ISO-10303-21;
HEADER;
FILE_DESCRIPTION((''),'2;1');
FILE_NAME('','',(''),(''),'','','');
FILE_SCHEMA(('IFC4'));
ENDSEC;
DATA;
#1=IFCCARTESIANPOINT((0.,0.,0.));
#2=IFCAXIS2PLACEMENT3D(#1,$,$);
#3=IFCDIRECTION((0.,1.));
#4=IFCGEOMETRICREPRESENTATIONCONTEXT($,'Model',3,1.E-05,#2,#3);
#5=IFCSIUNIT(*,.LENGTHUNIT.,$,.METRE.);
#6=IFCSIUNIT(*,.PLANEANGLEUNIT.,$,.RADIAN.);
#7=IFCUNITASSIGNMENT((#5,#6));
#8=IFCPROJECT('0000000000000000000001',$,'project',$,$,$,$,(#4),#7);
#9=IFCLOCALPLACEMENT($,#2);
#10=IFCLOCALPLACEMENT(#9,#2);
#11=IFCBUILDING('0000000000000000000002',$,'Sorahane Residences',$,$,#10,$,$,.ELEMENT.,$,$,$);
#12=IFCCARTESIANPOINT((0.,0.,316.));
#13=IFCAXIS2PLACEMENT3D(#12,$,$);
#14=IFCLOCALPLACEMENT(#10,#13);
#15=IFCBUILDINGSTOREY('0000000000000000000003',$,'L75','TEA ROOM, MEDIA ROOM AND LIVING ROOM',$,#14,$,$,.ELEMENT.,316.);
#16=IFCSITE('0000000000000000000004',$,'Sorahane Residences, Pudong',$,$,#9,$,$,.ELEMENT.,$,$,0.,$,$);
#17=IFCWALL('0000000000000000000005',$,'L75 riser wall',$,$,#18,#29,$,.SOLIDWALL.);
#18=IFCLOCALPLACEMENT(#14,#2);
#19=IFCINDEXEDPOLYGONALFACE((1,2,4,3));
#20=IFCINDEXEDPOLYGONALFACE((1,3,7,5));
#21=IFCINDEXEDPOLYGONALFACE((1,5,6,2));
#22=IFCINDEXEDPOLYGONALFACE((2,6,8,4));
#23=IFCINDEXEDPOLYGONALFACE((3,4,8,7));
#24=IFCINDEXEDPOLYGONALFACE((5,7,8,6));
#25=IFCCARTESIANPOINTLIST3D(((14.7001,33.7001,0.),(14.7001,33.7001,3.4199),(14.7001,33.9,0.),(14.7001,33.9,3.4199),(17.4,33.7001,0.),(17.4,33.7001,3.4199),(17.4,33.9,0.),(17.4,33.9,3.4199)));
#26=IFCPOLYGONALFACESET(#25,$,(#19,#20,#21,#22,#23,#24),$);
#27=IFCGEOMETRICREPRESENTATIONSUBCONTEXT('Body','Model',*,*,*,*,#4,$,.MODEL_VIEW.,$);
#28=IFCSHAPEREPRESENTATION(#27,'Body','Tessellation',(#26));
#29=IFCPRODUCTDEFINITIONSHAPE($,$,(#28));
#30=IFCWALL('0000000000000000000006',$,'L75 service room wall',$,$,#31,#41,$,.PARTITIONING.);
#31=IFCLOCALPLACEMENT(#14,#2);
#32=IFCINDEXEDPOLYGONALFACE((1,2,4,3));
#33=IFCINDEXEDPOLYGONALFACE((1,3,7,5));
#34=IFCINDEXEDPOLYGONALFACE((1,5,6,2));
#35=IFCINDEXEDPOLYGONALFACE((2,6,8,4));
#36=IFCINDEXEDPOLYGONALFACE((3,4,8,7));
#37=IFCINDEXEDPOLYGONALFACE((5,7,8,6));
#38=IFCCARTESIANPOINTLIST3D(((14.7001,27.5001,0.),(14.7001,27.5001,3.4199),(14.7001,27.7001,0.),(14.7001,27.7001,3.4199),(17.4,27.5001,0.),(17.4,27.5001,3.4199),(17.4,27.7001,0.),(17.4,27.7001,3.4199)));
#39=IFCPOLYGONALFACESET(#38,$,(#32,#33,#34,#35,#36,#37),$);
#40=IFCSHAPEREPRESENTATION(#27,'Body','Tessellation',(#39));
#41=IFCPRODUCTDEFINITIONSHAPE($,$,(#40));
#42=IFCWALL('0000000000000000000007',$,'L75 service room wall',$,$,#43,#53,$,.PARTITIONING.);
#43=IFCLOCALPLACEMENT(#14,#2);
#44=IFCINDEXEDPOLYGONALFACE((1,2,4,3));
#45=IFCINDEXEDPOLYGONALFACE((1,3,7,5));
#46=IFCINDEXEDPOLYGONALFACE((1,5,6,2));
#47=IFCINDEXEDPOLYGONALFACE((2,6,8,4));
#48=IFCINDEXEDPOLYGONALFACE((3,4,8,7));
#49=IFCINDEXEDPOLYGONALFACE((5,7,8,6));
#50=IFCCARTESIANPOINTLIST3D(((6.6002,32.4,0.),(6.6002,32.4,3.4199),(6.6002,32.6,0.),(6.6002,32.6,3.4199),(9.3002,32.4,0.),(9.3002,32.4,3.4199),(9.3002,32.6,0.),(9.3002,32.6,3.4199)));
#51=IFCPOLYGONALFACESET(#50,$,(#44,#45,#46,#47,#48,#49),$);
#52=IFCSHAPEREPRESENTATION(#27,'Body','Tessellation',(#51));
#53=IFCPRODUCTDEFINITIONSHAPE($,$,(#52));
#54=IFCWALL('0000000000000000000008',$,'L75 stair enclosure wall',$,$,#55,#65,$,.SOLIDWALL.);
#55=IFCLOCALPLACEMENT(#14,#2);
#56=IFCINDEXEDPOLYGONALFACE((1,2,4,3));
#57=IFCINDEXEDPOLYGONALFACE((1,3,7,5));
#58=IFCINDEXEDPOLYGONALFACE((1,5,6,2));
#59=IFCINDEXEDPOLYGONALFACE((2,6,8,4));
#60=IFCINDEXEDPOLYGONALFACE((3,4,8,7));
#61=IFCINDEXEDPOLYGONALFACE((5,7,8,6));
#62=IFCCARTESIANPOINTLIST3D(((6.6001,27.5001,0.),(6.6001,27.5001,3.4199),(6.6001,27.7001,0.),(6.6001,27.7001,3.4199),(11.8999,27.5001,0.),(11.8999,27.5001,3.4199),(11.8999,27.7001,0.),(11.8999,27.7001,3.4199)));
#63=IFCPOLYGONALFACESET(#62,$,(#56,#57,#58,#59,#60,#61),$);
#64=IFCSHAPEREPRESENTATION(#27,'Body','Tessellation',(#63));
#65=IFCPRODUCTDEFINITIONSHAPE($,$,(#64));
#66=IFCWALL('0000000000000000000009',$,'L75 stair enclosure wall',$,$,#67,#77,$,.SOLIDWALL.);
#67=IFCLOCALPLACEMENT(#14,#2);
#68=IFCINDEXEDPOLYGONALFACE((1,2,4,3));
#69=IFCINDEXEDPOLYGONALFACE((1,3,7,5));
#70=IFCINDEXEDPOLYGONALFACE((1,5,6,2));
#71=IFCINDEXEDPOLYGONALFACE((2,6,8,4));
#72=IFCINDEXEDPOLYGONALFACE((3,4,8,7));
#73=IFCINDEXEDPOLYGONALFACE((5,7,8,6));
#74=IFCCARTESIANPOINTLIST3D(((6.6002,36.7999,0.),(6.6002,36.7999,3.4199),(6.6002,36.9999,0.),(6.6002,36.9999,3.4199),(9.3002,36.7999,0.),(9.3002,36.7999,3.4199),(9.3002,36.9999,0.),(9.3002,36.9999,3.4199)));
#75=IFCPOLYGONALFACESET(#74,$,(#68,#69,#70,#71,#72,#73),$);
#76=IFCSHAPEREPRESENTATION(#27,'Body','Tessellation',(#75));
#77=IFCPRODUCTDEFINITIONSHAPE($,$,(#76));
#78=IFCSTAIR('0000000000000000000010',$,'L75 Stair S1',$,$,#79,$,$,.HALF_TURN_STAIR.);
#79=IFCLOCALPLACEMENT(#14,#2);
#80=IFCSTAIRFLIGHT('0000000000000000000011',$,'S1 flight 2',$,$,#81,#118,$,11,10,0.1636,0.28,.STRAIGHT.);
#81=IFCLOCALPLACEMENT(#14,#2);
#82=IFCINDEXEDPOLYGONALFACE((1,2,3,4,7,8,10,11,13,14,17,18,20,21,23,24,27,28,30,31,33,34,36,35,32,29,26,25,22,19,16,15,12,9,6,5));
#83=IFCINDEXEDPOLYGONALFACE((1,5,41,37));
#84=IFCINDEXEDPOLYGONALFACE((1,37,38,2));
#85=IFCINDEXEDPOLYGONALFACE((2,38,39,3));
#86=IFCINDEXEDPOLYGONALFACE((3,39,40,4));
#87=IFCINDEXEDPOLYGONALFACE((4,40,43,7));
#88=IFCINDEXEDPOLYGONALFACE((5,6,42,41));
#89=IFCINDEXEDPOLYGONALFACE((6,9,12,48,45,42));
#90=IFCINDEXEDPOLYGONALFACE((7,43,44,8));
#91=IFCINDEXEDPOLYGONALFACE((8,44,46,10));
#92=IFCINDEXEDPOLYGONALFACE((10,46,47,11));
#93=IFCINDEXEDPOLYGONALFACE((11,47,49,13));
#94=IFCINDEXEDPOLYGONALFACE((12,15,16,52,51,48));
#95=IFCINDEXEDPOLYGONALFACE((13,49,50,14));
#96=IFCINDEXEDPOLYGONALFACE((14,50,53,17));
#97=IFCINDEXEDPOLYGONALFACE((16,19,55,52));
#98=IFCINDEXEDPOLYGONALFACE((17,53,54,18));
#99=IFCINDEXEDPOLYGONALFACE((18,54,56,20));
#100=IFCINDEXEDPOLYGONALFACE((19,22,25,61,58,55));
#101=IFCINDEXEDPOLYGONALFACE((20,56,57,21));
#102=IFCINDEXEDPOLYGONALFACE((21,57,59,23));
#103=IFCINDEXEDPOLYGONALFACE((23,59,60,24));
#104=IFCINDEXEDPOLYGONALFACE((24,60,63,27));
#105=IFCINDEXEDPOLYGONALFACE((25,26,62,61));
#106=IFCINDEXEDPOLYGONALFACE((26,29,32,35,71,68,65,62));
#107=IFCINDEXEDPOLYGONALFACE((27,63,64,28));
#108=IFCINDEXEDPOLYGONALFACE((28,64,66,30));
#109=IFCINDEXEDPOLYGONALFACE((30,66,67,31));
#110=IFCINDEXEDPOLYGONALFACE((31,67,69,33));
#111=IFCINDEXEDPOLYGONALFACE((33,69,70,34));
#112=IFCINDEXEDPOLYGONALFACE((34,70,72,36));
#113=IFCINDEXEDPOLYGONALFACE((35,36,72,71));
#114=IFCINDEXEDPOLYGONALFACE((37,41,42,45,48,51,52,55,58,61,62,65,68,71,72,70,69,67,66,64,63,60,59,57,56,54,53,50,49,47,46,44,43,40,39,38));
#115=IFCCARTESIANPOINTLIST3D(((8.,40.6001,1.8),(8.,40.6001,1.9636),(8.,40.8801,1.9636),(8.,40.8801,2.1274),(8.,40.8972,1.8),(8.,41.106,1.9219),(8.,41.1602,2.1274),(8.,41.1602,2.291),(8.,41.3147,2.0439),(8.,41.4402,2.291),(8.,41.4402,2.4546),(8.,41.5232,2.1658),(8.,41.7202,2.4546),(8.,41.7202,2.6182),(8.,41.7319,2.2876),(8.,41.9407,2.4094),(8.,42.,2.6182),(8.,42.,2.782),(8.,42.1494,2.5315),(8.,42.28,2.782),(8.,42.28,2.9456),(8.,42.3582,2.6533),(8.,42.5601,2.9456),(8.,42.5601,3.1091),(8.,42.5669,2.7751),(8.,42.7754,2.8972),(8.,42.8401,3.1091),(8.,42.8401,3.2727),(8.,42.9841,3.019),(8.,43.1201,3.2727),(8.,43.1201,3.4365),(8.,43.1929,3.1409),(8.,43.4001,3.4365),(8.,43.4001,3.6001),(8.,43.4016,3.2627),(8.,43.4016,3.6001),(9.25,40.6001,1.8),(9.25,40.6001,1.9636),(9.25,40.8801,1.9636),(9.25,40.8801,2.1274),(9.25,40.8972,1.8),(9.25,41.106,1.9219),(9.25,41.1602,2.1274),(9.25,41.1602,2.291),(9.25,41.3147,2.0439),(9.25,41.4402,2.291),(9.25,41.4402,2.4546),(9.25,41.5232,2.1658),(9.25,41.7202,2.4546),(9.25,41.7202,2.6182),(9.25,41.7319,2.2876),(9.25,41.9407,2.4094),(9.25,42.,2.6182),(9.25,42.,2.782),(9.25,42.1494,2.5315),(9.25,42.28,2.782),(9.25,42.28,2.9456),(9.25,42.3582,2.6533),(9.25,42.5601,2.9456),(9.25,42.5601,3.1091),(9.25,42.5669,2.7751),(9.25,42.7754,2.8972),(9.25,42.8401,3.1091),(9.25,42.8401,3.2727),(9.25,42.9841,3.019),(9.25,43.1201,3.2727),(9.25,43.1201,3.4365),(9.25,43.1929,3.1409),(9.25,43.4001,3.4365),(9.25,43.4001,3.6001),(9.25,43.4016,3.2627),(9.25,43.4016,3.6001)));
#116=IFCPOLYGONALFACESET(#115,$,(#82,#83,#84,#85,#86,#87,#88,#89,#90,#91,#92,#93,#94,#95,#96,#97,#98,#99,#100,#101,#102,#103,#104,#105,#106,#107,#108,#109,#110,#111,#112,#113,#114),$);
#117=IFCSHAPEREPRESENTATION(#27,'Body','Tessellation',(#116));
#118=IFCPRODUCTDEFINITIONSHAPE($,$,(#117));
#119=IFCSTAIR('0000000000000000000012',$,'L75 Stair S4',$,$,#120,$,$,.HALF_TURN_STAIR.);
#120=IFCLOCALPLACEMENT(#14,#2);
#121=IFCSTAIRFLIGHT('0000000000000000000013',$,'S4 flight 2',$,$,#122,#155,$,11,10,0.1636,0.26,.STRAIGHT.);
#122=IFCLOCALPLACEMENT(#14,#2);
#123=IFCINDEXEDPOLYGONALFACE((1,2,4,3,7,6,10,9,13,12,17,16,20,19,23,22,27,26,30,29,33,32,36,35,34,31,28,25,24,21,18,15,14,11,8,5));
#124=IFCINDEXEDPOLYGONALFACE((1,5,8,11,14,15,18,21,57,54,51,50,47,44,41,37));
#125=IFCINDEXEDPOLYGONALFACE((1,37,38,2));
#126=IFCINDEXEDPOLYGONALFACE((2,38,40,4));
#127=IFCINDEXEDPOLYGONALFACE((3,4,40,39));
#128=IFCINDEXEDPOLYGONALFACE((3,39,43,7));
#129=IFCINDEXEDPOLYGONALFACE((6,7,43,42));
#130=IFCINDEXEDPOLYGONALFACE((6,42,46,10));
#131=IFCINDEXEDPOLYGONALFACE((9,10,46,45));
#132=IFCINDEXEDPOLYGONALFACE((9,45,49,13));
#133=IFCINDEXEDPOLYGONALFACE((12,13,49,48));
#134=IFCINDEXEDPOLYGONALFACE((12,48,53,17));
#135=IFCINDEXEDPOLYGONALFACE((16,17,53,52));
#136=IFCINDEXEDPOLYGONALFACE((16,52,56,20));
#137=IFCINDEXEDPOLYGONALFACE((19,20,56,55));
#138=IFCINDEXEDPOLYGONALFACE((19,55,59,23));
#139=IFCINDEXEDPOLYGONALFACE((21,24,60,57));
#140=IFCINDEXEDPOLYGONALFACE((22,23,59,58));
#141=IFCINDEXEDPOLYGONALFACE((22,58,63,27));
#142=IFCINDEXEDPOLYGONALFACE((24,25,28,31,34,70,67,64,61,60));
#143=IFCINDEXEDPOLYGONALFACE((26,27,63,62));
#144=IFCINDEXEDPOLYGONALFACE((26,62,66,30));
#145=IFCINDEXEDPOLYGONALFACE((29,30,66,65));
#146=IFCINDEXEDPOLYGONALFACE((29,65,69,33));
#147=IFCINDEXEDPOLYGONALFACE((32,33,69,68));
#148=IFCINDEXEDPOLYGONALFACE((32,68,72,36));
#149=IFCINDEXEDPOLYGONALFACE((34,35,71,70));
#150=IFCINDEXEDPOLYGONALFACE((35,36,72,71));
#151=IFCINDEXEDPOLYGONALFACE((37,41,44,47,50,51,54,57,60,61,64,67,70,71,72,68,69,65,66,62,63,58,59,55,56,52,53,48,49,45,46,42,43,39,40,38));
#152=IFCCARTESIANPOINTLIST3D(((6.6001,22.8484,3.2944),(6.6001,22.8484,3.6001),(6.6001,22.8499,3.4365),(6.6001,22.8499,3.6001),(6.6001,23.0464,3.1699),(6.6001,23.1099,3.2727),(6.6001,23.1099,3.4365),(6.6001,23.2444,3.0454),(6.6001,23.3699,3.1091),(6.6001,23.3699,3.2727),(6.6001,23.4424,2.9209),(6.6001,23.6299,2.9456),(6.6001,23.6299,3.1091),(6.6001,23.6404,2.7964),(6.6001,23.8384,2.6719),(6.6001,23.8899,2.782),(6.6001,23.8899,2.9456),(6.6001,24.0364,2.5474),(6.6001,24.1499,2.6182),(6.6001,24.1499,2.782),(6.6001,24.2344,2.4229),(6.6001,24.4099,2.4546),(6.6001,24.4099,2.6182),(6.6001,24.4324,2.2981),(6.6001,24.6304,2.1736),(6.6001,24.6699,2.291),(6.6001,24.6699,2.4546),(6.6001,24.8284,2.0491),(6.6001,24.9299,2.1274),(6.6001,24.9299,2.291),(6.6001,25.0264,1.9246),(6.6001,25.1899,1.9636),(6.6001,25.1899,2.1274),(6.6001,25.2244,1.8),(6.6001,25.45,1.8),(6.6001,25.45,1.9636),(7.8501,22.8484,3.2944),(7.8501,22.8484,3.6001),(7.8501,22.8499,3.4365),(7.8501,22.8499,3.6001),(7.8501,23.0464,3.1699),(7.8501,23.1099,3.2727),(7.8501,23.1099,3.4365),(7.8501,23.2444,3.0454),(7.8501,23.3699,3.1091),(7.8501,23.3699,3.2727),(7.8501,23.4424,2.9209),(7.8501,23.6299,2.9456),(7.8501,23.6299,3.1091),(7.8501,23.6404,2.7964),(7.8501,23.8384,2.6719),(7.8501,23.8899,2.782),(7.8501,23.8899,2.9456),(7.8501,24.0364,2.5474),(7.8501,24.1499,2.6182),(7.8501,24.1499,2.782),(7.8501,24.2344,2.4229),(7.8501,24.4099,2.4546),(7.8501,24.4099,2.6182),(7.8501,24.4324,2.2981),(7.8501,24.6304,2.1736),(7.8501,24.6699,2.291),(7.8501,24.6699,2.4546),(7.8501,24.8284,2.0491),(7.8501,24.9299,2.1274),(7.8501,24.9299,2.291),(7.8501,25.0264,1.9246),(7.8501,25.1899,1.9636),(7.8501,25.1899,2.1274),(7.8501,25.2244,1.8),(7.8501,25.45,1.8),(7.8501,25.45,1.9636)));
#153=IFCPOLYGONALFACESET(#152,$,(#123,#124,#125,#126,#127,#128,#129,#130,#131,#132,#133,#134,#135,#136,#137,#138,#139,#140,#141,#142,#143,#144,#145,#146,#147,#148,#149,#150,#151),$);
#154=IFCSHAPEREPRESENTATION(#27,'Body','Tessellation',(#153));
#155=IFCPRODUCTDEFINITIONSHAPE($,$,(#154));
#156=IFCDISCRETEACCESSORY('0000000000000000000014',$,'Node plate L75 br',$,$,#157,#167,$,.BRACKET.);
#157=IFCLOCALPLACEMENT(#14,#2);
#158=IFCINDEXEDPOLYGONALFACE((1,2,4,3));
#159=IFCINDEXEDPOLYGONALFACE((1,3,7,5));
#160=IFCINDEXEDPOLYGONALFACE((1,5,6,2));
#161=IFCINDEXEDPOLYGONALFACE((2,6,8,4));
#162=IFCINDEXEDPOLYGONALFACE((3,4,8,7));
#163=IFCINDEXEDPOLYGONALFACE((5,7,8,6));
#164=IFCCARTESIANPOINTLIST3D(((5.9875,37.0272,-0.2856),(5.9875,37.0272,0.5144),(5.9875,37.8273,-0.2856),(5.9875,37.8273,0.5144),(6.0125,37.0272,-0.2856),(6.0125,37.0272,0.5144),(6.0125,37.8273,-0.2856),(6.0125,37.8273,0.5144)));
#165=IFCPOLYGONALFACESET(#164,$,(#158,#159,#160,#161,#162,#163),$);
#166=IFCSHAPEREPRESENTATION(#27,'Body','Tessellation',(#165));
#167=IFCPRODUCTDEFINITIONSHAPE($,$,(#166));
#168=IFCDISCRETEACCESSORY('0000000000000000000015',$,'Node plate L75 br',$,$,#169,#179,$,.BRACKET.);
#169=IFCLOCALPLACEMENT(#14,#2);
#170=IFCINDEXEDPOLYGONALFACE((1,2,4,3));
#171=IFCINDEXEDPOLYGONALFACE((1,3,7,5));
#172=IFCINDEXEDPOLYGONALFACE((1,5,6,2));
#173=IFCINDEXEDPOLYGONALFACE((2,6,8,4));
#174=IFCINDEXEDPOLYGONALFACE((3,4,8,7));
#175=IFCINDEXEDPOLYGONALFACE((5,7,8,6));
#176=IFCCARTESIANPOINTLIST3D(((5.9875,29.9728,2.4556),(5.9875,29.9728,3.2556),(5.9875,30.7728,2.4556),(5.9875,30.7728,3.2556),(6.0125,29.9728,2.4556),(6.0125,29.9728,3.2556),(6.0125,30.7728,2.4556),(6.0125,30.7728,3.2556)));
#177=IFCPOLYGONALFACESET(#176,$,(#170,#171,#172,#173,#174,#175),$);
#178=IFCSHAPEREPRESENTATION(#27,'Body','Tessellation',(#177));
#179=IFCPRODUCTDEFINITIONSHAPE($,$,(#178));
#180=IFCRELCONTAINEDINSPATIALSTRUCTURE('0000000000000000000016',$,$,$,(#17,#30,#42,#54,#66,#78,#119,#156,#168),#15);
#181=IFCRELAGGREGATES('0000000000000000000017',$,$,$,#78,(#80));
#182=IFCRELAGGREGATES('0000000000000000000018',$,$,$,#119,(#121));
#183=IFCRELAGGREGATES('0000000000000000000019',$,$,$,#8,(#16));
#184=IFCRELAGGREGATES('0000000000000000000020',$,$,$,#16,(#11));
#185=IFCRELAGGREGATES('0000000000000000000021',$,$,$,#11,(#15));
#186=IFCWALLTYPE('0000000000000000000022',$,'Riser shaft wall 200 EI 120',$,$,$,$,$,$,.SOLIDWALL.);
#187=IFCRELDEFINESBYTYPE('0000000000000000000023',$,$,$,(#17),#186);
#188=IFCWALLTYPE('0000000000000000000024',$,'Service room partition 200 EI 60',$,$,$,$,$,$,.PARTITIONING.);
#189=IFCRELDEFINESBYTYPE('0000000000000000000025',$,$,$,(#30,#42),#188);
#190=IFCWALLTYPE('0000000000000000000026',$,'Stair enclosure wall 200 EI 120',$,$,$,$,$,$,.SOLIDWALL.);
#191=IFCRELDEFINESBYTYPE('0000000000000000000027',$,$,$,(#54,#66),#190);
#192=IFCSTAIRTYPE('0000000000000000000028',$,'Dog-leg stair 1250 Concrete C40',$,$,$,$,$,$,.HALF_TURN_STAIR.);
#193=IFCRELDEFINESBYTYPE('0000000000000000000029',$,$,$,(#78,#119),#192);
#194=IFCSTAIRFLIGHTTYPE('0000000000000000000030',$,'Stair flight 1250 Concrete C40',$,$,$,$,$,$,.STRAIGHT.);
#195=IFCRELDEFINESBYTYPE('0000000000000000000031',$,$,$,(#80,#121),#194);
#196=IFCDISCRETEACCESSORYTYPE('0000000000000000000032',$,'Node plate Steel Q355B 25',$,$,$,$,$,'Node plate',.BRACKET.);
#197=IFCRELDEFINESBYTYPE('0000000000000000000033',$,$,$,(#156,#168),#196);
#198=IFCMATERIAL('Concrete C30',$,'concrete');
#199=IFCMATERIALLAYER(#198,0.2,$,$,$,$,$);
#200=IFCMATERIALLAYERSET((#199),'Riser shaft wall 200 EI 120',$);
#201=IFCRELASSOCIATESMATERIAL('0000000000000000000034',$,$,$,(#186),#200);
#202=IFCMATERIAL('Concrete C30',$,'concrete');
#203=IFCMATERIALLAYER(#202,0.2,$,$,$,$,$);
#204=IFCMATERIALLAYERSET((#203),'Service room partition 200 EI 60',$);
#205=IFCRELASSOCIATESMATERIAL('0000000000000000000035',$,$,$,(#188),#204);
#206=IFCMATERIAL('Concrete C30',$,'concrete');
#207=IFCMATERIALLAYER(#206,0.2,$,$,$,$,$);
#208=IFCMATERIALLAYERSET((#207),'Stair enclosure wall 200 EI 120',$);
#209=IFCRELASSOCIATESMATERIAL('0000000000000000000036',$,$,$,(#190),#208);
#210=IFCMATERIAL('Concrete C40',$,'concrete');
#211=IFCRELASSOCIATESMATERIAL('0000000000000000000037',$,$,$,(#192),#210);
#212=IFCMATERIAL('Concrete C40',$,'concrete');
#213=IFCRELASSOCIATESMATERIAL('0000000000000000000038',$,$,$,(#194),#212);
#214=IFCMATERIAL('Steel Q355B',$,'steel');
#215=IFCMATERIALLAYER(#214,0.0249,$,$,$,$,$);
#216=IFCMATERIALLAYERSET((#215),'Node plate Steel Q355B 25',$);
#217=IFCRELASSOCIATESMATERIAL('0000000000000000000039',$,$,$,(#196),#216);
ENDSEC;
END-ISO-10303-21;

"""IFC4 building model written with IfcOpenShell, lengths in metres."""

from ifc_helpers import new_model, si_unit, direction, frame, frame_2d, origin, origin_2d, place, context, subcontext, project, spatial, polyline, rectangle, outline, extrude, material, layer, layer_set, type_object, element, aggregate, save


model = new_model("IFC4")

# Units and contexts
model_context = context("Model", 3, precision=1e-05, world=origin(), true_north=direction((0.0, 1.0)))
body_context = subcontext(model_context, "Body", "Model", "MODEL_VIEW")
ifc_project = project(units=[si_unit("LENGTHUNIT", "METRE"), si_unit("PLANEANGLEUNIT", "RADIAN")], contexts=[model_context])

# Site, building, storey
site_placement = place(None, origin())
site = spatial("IfcSite", under=ifc_project, at=site_placement, Name="Sorahane Residences, Pudong", CompositionType="ELEMENT", RefElevation=0.0)
building_placement = place(site_placement, origin())
building = spatial("IfcBuilding", under=site, at=building_placement, Name="Sorahane Residences", CompositionType="ELEMENT")
storey_placement = place(building_placement, frame((0.0, 0.0, 316.0)))
storey = spatial("IfcBuildingStorey", under=building, at=storey_placement, Name="L75", Description="TEA ROOM, MEDIA ROOM AND LIVING ROOM", CompositionType="ELEMENT", Elevation=316.0)

# Walls
ifc_material_1 = material(Name="Concrete C30", Category="concrete")
ifc_layer_1 = layer(ifc_material_1, 0.2)
ifc_layer_set_1 = layer_set([ifc_layer_1], Name="Riser shaft wall 200 EI 120")
wall_type_1 = type_object("IfcWallType", Name="Riser shaft wall 200 EI 120", PredefinedType="SOLIDWALL", material=ifc_layer_set_1)
wall_1_placement = place(storey_placement, frame((14.7, 33.8, 0.0), z_axis=(0.0, 0.0, 1.0), x_axis=(1.0, 0.0, 0.0)))
element("IfcWall", 1, at=wall_1_placement, inside=storey, type_object=wall_type_1, Name="L75 riser wall", PredefinedType="SOLIDWALL", context=body_context, shape_type="SweptSolid", body=[
    extrude(rectangle(XDim=2.7, YDim=0.2, at=frame_2d((1.3501, 0.0))), origin(), (0.0, 0.0, 1.0), 3.4199),
])
ifc_material_2 = material(Name="Concrete C30", Category="concrete")
ifc_layer_2 = layer(ifc_material_2, 0.2)
ifc_layer_set_2 = layer_set([ifc_layer_2], Name="Service room partition 200 EI 60")
wall_type_2 = type_object("IfcWallType", Name="Service room partition 200 EI 60", PredefinedType="PARTITIONING", material=ifc_layer_set_2)
for number, where, z_axis, x_axis, name in (
    (2, (14.7, 27.6001, 0.0), (0.0, 0.0, 1.0), (1.0, 0.0, 0.0), "L75 service room wall"),
    (3, (6.6001, 32.5, 0.0), (0.0, 0.0, 1.0), (1.0, 0.0, 0.0), "L75 service room wall"),
):
    element("IfcWall", number, at=place(storey_placement, frame(where, z_axis=z_axis, x_axis=x_axis)), inside=storey, type_object=wall_type_2, Name=name, PredefinedType="PARTITIONING", context=body_context, shape_type="SweptSolid", body=[
        extrude(rectangle(XDim=2.7, YDim=0.2, at=frame_2d((1.3501, 0.0))), origin(), (0.0, 0.0, 1.0), 3.4199),
    ])
ifc_material_3 = material(Name="Concrete C30", Category="concrete")
ifc_layer_3 = layer(ifc_material_3, 0.2)
ifc_layer_set_3 = layer_set([ifc_layer_3], Name="Stair enclosure wall 200 EI 120")
wall_type_3 = type_object("IfcWallType", Name="Stair enclosure wall 200 EI 120", PredefinedType="SOLIDWALL", material=ifc_layer_set_3)
wall_2_placement = place(storey_placement, frame((6.6001, 27.6001, 0.0), z_axis=(0.0, 0.0, 1.0), x_axis=(1.0, 0.0, 0.0)))
element("IfcWall", 4, at=wall_2_placement, inside=storey, type_object=wall_type_3, Name="L75 stair enclosure wall", PredefinedType="SOLIDWALL", context=body_context, shape_type="SweptSolid", body=[
    extrude(rectangle(XDim=5.2998, YDim=0.2, at=frame_2d((2.6499, 0.0))), origin(), (0.0, 0.0, 1.0), 3.4199),
])
wall_3_placement = place(storey_placement, frame((6.6001, 36.8999, 0.0), z_axis=(0.0, 0.0, 1.0), x_axis=(1.0, 0.0, 0.0)))
element("IfcWall", 5, at=wall_3_placement, inside=storey, type_object=wall_type_3, Name="L75 stair enclosure wall", PredefinedType="SOLIDWALL", context=body_context, shape_type="SweptSolid", body=[
    extrude(rectangle(XDim=2.7, YDim=0.2, at=frame_2d((1.3501, 0.0))), origin(), (0.0, 0.0, 1.0), 3.4199),
])

# Stairs, stair flights
ifc_material_4 = material(Name="Concrete C40", Category="concrete")
stair_type = type_object("IfcStairType", Name="Dog-leg stair 1250 Concrete C40", PredefinedType="HALF_TURN_STAIR", material=ifc_material_4)
stair_1_placement = place(storey_placement, origin())
stair_1 = element("IfcStair", 6, at=stair_1_placement, inside=storey, type_object=stair_type, Name="L75 Stair S1", PredefinedType="HALF_TURN_STAIR")
ifc_material_5 = material(Name="Concrete C40", Category="concrete")
stair_flight_type = type_object("IfcStairFlightType", Name="Stair flight 1250 Concrete C40", PredefinedType="STRAIGHT", material=ifc_material_5)
stair_flight_1_placement = place(storey_placement, frame((8.625, 40.6001, 1.8), z_axis=(0.0, 0.0, 1.0), x_axis=(0.0, 1.0, 0.0)))
stair_flight_1 = element("IfcStairFlight", 7, at=stair_flight_1_placement, type_object=stair_flight_type, Name="S1 flight 2", NumberOfRisers=11, NumberOfTreads=10, PredefinedType="STRAIGHT", RiserHeight=0.1636, TreadLength=0.28, context=body_context, shape_type="SweptSolid", body=[
    extrude(outline(polyline([(0.0, 0.0), (0.0, 0.1636), (0.28, 0.1636), (0.28, 0.3274), (0.5601, 0.3274), (0.5601, 0.491), (0.8401, 0.491), (0.8401, 0.6545), (1.1201, 0.6545), (1.1201, 0.8181), (1.3999, 0.8181), (1.3999, 0.9819), (1.6799, 0.9819), (1.6799, 1.1455), (1.96, 1.1455), (1.96, 1.3091), (2.24, 1.3091), (2.24, 1.4727), (2.52, 1.4727), (2.52, 1.6365), (2.8, 1.6365), (2.8, 1.8), (2.8015, 1.8), (2.8015, 1.4626), (2.5928, 1.3408), (2.384, 1.219), (2.1753, 1.0972), (1.9668, 0.9751), (1.7581, 0.8533), (1.5493, 0.7314), (1.3406, 0.6094), (1.1318, 0.4875), (0.9231, 0.3657), (0.7146, 0.2439), (0.5059, 0.1218), (0.2971, 0.0), (0.0, 0.0)])), frame((0.0, 0.625, 0.0), z_axis=(0.0, -1.0, 0.0), x_axis=(1.0, 0.0, 0.0)), (0.0, 0.0, 1.0), 1.25),
])
aggregate(stair_1, [stair_flight_1])
stair_2_placement = place(storey_placement, origin())
stair_2 = element("IfcStair", 8, at=stair_2_placement, inside=storey, type_object=stair_type, Name="L75 Stair S4", PredefinedType="HALF_TURN_STAIR")
stair_flight_2_placement = place(storey_placement, frame((7.2251, 25.45, 1.8), z_axis=(0.0, 0.0, 1.0), x_axis=(0.0, -1.0, 0.0)))
stair_flight_2 = element("IfcStairFlight", 9, at=stair_flight_2_placement, type_object=stair_flight_type, Name="S4 flight 2", NumberOfRisers=11, NumberOfTreads=10, PredefinedType="STRAIGHT", RiserHeight=0.1636, TreadLength=0.26, context=body_context, shape_type="SweptSolid", body=[
    extrude(outline(polyline([(0.0, 0.0), (0.0, 0.1636), (0.26, 0.1636), (0.26, 0.3274), (0.52, 0.3274), (0.52, 0.491), (0.78, 0.491), (0.78, 0.6545), (1.04, 0.6545), (1.04, 0.8181), (1.3, 0.8181), (1.3, 0.9819), (1.5601, 0.9819), (1.5601, 1.1455), (1.8201, 1.1455), (1.8201, 1.3091), (2.0801, 1.3091), (2.0801, 1.4727), (2.3401, 1.4727), (2.3401, 1.6365), (2.6001, 1.6365), (2.6001, 1.8), (2.6016, 1.8), (2.6016, 1.4944), (2.4036, 1.3699), (2.2056, 1.2454), (2.0076, 1.1208), (1.8096, 0.9963), (1.6116, 0.8718), (1.4136, 0.7473), (1.2156, 0.6228), (1.0176, 0.498), (0.8196, 0.3735), (0.6216, 0.249), (0.4236, 0.1245), (0.2256, 0.0), (0.0, 0.0)])), frame((0.0, 0.625, 0.0), z_axis=(0.0, -1.0, 0.0), x_axis=(1.0, 0.0, 0.0)), (0.0, 0.0, 1.0), 1.25),
])
aggregate(stair_2, [stair_flight_2])

# Discrete accessories
ifc_material_6 = material(Name="Steel Q355B", Category="steel")
ifc_layer_4 = layer(ifc_material_6, 0.0249)
ifc_layer_set_4 = layer_set([ifc_layer_4], Name="Node plate Steel Q355B 25")
discrete_accessory_type = type_object("IfcDiscreteAccessoryType", Name="Node plate Steel Q355B 25", ElementType="Node plate", PredefinedType="BRACKET", material=ifc_layer_set_4)
for number, where, z_axis, x_axis, name in (
    (10, (6.0, 37.4272, -0.2856), (0.0, 0.0, 1.0), (0.0, 1.0, 0.0), "Node plate L75 br"),
    (11, (6.0, 30.3728, 2.4556), (0.0, 0.0, 1.0), (0.0, 1.0, 0.0), "Node plate L75 br"),
):
    element("IfcDiscreteAccessory", number, at=place(storey_placement, frame(where, z_axis=z_axis, x_axis=x_axis)), inside=storey, type_object=discrete_accessory_type, Name=name, PredefinedType="BRACKET", context=body_context, shape_type="SweptSolid", body=[
        extrude(rectangle(XDim=0.8, YDim=0.0249, at=origin_2d()), origin(), (0.0, 0.0, 1.0), 0.8),
    ])

save(model, "model.ifc")
